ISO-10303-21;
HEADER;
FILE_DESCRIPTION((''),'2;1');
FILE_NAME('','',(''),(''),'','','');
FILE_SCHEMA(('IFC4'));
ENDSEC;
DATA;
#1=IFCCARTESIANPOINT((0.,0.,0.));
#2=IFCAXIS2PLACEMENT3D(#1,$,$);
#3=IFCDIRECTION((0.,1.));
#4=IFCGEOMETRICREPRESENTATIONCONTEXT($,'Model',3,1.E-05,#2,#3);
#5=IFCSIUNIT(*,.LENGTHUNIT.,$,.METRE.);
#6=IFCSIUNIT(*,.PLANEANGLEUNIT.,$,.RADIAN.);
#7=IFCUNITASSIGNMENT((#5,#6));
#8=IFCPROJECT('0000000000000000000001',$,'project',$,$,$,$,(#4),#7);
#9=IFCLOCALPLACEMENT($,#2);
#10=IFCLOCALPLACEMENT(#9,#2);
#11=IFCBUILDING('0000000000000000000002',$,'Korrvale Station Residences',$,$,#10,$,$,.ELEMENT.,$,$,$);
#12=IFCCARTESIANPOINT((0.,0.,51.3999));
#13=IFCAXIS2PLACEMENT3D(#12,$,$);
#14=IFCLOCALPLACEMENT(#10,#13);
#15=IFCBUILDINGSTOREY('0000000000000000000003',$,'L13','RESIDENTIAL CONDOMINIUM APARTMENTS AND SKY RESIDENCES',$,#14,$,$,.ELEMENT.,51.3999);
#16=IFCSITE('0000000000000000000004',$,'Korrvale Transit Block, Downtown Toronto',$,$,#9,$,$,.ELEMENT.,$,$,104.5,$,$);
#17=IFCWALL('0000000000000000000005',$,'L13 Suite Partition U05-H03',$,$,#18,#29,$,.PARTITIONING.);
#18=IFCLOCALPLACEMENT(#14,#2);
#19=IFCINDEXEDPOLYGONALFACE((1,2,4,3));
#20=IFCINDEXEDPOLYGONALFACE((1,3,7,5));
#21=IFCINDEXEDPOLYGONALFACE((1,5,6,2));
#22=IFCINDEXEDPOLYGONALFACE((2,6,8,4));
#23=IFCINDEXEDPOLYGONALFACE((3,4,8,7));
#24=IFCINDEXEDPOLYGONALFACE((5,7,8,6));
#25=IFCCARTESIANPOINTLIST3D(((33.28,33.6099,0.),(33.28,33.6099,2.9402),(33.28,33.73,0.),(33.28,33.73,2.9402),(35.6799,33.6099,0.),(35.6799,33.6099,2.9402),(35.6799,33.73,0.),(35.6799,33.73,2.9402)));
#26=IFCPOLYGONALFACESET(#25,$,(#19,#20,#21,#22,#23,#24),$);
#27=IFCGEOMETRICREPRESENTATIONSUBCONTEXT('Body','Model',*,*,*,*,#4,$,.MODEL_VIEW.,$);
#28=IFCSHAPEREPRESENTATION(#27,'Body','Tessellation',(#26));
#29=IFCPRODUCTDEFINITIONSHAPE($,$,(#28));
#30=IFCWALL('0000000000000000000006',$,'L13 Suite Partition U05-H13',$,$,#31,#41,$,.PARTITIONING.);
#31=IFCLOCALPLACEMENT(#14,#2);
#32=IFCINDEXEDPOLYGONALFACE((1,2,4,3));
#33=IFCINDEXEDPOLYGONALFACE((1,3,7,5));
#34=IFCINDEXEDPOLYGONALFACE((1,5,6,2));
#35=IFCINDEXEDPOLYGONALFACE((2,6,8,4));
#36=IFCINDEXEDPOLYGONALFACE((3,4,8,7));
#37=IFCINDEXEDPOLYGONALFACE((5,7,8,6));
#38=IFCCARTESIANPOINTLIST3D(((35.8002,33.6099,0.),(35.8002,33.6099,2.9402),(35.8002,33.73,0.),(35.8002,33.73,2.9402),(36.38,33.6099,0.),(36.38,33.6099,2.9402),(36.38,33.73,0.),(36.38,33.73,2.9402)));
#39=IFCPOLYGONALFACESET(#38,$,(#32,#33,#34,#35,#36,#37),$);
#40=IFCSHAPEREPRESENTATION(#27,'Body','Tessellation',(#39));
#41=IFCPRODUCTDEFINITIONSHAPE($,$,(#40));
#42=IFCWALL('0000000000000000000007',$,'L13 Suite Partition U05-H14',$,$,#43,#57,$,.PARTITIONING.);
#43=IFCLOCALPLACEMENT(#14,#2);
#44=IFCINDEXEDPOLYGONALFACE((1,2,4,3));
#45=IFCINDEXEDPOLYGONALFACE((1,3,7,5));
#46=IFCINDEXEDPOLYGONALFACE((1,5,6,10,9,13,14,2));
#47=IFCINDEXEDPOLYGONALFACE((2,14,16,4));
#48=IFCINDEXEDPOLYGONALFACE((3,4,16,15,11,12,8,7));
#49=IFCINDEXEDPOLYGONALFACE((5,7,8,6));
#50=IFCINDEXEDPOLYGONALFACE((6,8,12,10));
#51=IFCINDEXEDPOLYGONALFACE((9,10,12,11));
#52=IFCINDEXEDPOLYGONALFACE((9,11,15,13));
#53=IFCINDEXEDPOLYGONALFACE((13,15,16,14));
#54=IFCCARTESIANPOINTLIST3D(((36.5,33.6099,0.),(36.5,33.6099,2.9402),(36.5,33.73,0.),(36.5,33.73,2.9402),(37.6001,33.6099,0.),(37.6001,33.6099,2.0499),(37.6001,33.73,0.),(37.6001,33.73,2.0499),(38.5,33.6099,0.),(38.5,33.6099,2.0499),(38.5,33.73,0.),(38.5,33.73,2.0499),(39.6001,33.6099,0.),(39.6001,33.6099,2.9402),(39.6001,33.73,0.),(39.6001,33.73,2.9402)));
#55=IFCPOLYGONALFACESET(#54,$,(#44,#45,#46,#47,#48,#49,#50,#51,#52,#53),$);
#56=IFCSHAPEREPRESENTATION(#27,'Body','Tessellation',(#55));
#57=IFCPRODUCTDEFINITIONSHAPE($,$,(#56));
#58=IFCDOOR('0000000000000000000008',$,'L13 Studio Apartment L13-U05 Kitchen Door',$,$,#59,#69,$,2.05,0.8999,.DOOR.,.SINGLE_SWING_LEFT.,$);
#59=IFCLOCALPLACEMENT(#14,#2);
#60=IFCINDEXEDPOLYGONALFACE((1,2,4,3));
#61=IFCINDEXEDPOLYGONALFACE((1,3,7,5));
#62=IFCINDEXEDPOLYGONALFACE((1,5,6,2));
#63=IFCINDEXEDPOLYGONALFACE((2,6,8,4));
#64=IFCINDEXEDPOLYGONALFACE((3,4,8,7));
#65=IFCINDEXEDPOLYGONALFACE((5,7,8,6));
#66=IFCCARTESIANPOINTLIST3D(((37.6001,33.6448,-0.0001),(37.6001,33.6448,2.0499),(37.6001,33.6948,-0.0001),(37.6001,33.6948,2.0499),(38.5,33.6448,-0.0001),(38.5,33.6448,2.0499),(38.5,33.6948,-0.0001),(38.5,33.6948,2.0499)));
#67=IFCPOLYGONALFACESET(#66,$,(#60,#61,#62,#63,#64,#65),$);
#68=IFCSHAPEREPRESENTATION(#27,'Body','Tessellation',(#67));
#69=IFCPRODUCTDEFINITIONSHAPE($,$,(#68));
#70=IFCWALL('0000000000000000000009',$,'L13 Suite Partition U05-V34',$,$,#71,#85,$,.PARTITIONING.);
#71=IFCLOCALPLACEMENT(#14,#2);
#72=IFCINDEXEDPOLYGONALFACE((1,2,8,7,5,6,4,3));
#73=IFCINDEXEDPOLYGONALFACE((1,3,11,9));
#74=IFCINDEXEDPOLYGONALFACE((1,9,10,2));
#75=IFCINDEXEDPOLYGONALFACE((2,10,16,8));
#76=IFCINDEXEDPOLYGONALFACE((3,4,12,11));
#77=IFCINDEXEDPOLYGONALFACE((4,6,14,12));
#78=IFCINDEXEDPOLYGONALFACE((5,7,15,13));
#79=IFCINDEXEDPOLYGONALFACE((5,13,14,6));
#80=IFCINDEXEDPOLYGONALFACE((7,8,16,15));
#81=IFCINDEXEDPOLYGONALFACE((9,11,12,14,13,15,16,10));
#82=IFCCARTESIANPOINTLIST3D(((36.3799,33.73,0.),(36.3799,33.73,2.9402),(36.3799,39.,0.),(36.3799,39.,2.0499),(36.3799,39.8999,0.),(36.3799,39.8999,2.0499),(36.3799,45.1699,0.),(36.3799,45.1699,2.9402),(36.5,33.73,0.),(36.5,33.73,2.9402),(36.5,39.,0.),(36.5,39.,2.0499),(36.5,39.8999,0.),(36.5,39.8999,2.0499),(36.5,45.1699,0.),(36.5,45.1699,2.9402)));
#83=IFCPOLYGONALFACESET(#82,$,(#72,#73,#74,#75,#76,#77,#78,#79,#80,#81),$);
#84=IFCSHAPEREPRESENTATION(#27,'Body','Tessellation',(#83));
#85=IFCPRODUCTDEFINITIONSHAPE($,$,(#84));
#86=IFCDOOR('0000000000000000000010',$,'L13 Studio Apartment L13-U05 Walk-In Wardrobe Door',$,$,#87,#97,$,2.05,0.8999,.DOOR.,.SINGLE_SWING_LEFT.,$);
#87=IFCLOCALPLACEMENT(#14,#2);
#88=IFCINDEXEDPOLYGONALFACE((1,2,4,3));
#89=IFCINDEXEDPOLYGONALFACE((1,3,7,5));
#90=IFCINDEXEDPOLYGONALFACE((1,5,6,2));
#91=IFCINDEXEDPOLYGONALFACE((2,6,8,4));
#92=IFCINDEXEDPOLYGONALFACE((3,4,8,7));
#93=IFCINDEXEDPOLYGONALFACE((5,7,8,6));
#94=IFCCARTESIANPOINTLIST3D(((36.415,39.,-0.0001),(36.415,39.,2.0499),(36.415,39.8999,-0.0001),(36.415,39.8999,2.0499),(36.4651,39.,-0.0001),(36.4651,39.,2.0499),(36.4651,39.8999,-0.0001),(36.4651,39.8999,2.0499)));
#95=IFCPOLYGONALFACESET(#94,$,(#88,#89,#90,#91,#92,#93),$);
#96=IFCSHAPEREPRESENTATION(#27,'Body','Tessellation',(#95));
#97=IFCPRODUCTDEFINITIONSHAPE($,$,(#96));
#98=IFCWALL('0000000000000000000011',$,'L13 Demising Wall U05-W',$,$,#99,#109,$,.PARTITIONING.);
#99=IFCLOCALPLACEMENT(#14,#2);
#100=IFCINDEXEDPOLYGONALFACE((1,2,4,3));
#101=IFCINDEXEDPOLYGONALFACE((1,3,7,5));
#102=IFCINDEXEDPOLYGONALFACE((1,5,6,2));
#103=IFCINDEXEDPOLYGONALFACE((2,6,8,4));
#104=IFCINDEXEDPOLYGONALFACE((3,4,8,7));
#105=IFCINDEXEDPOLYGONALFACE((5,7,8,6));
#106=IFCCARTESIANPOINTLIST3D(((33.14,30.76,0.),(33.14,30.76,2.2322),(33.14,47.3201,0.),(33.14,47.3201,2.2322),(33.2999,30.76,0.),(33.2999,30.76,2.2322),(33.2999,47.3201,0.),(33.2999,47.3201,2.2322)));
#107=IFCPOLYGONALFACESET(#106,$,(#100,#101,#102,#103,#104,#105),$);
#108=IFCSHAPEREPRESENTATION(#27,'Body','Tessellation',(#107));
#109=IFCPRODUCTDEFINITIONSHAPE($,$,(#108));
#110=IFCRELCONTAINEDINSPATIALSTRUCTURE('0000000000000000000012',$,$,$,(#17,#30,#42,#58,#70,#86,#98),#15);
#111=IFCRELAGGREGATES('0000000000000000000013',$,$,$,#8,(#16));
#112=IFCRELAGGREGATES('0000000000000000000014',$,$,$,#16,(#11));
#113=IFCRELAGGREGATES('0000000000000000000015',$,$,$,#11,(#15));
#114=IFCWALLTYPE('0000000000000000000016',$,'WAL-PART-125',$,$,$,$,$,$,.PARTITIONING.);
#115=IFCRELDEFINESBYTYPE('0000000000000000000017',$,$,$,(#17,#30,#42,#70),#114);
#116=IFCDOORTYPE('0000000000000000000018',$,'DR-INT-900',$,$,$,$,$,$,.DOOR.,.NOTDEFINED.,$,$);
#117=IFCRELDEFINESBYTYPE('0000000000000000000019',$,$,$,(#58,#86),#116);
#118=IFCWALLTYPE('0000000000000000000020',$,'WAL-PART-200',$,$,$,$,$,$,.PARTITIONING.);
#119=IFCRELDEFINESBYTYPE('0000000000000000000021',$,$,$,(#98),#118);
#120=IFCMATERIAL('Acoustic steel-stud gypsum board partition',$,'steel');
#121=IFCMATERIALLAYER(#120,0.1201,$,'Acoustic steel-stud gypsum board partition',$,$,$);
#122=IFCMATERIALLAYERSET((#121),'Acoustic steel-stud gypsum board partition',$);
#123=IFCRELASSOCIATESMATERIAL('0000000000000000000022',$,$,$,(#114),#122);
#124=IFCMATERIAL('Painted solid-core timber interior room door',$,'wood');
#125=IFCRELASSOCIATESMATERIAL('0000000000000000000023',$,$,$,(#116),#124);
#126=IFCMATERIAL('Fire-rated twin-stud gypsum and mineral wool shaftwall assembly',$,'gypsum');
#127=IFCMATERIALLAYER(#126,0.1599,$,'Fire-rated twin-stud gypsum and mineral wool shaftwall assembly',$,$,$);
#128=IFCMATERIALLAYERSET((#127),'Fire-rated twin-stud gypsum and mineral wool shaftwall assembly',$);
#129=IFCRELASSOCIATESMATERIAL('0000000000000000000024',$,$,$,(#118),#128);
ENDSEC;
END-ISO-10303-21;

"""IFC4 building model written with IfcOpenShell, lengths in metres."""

from ifc_helpers import new_model, si_unit, direction, frame, frame_2d, origin, place, context, subcontext, project, spatial, rectangle, extrude, material, layer, layer_set, type_object, element, fill, save


model = new_model("IFC4")

# Units and contexts
model_context = context("Model", 3, precision=1e-05, world=origin(), true_north=direction((0.0, 1.0)))
body_context = subcontext(model_context, "Body", "Model", "MODEL_VIEW")
ifc_project = project(units=[si_unit("LENGTHUNIT", "METRE"), si_unit("PLANEANGLEUNIT", "RADIAN")], contexts=[model_context])

# Site, building, storey
site_placement = place(None, origin())
site = spatial("IfcSite", under=ifc_project, at=site_placement, Name="Korrvale Transit Block, Downtown Toronto", CompositionType="ELEMENT", RefElevation=104.5)
building_placement = place(site_placement, origin())
building = spatial("IfcBuilding", under=site, at=building_placement, Name="Korrvale Station Residences", CompositionType="ELEMENT")
storey_placement = place(building_placement, frame((0.0, 0.0, 51.3999)))
storey = spatial("IfcBuildingStorey", under=building, at=storey_placement, Name="L13", Description="RESIDENTIAL CONDOMINIUM APARTMENTS AND SKY RESIDENCES", CompositionType="ELEMENT", Elevation=51.3999)

# Shared definitions
ifc_material_1 = material(Name="Acoustic steel-stud gypsum board partition", Category="steel")
ifc_layer_1 = layer(ifc_material_1, 0.1201, Name="Acoustic steel-stud gypsum board partition")
ifc_layer_set_1 = layer_set([ifc_layer_1], Name="Acoustic steel-stud gypsum board partition")
wall_type_1 = type_object("IfcWallType", Name="WAL-PART-125", PredefinedType="PARTITIONING", material=ifc_layer_set_1)

# Shared definitions
ifc_material_2 = material(Name="Painted solid-core timber interior room door", Category="wood")
door_type_1 = type_object("IfcDoorType", Name="DR-INT-900", OperationType="NOTDEFINED", PredefinedType="DOOR", material=ifc_material_2)

# Walls
wall_1_placement = place(storey_placement, frame((33.28, 33.6699, 0.0), z_axis=(0.0, 0.0, 1.0), x_axis=(1.0, 0.0, 0.0)))
element("IfcWall", 1, at=wall_1_placement, inside=storey, type_object=wall_type_1, Name="L13 Suite Partition U05-H03", PredefinedType="PARTITIONING", context=body_context, shape_type="SweptSolid", body=[
    extrude(rectangle(XDim=2.3999, YDim=0.1201, at=frame_2d((1.2, 0.0))), origin(), (0.0, 0.0, 1.0), 2.9402),
])
wall_2_placement = place(storey_placement, frame((35.8, 33.6699, 0.0), z_axis=(0.0, 0.0, 1.0), x_axis=(1.0, 0.0, 0.0)))
element("IfcWall", 2, at=wall_2_placement, inside=storey, type_object=wall_type_1, Name="L13 Suite Partition U05-H13", PredefinedType="PARTITIONING", context=body_context, shape_type="SweptSolid", body=[
    extrude(rectangle(XDim=0.5798, YDim=0.1201, at=frame_2d((0.29, 0.0))), origin(), (0.0, 0.0, 1.0), 2.9402),
])

# Walls, openings, doors
wall_3_placement = place(storey_placement, frame((36.5, 33.6699, 0.0), z_axis=(0.0, 0.0, 1.0), x_axis=(1.0, 0.0, 0.0)))
wall_3 = element("IfcWall", 3, at=wall_3_placement, inside=storey, type_object=wall_type_1, Name="L13 Suite Partition U05-H14", PredefinedType="PARTITIONING", context=body_context, shape_type="SweptSolid", body=[
    extrude(rectangle(XDim=3.1001, YDim=0.1201, at=frame_2d((1.55, 0.0))), origin(), (0.0, 0.0, 1.0), 2.9402),
])
opening_1_placement = place(wall_3_placement, frame((1.1001, 0.0, 0.0)))
opening_1 = element("IfcOpeningElement", 4, at=opening_1_placement, cuts=wall_3, PredefinedType="OPENING", context=body_context, shape_type="SweptSolid", body=[
    extrude(rectangle(XDim=0.8999, YDim=2.05, at=frame_2d((0.45, 1.0249))), frame((0.0, 0.0701, 0.0), z_axis=(0.0, -1.0, 0.0), x_axis=(1.0, 0.0, 0.0)), (0.0, 0.0, 1.0), 0.1401),
])
door_1_placement = place(opening_1_placement, origin())
door_1 = element("IfcDoor", 5, at=door_1_placement, inside=storey, type_object=door_type_1, Name="L13 Studio Apartment L13-U05 Kitchen Door", OperationType="SINGLE_SWING_LEFT", OverallHeight=2.05, OverallWidth=0.8999, PredefinedType="DOOR", context=body_context, shape_type="SweptSolid", body=[
    extrude(rectangle(XDim=0.8999, YDim=2.05, at=frame_2d((0.45, 1.0249))), frame((0.0, 0.0249, 0.0), z_axis=(0.0, -1.0, 0.0), x_axis=(1.0, 0.0, 0.0)), (0.0, 0.0, 1.0), 0.05),
])
fill(opening_1, door_1)
wall_4_placement = place(storey_placement, frame((36.4399, 33.73, 0.0), z_axis=(0.0, 0.0, 1.0), x_axis=(0.0, 1.0, 0.0)))
wall_4 = element("IfcWall", 6, at=wall_4_placement, inside=storey, type_object=wall_type_1, Name="L13 Suite Partition U05-V34", PredefinedType="PARTITIONING", context=body_context, shape_type="SweptSolid", body=[
    extrude(rectangle(XDim=11.4399, YDim=0.1201, at=frame_2d((5.72, 0.0))), origin(), (0.0, 0.0, 1.0), 2.9402),
])
opening_2_placement = place(wall_4_placement, frame((5.27, 0.0, 0.0)))
opening_2 = element("IfcOpeningElement", 7, at=opening_2_placement, cuts=wall_4, PredefinedType="OPENING", context=body_context, shape_type="SweptSolid", body=[
    extrude(rectangle(XDim=0.8999, YDim=2.05, at=frame_2d((0.45, 1.0249))), frame((0.0, 0.0701, 0.0), z_axis=(0.0, -1.0, 0.0), x_axis=(1.0, 0.0, 0.0)), (0.0, 0.0, 1.0), 0.1401),
])
door_2_placement = place(opening_2_placement, origin())
door_2 = element("IfcDoor", 8, at=door_2_placement, inside=storey, type_object=door_type_1, Name="L13 Studio Apartment L13-U05 Walk-In Wardrobe Door", OperationType="SINGLE_SWING_LEFT", OverallHeight=2.05, OverallWidth=0.8999, PredefinedType="DOOR", context=body_context, shape_type="SweptSolid", body=[
    extrude(rectangle(XDim=0.8999, YDim=2.05, at=frame_2d((0.45, 1.0249))), frame((0.0, 0.0249, 0.0), z_axis=(0.0, -1.0, 0.0), x_axis=(1.0, 0.0, 0.0)), (0.0, 0.0, 1.0), 0.05),
])
fill(opening_2, door_2)

# Wall
ifc_material_3 = material(Name="Fire-rated twin-stud gypsum and mineral wool shaftwall assembly", Category="gypsum")
ifc_layer_2 = layer(ifc_material_3, 0.1599, Name="Fire-rated twin-stud gypsum and mineral wool shaftwall assembly")
ifc_layer_set_2 = layer_set([ifc_layer_2], Name="Fire-rated twin-stud gypsum and mineral wool shaftwall assembly")
wall_type_2 = type_object("IfcWallType", Name="WAL-PART-200", PredefinedType="PARTITIONING", material=ifc_layer_set_2)
wall_5_placement = place(storey_placement, frame((33.22, 30.76, 0.0), z_axis=(0.0, 0.0, 1.0), x_axis=(0.0, 1.0, 0.0)))
element("IfcWall", 9, at=wall_5_placement, inside=storey, type_object=wall_type_2, Name="L13 Demising Wall U05-W", PredefinedType="PARTITIONING", context=body_context, shape_type="SweptSolid", body=[
    extrude(rectangle(XDim=16.5601, YDim=0.1599, at=frame_2d((8.28, 0.0))), origin(), (0.0, 0.0, 1.0), 2.2322),
])

save(model, "model.ifc")
